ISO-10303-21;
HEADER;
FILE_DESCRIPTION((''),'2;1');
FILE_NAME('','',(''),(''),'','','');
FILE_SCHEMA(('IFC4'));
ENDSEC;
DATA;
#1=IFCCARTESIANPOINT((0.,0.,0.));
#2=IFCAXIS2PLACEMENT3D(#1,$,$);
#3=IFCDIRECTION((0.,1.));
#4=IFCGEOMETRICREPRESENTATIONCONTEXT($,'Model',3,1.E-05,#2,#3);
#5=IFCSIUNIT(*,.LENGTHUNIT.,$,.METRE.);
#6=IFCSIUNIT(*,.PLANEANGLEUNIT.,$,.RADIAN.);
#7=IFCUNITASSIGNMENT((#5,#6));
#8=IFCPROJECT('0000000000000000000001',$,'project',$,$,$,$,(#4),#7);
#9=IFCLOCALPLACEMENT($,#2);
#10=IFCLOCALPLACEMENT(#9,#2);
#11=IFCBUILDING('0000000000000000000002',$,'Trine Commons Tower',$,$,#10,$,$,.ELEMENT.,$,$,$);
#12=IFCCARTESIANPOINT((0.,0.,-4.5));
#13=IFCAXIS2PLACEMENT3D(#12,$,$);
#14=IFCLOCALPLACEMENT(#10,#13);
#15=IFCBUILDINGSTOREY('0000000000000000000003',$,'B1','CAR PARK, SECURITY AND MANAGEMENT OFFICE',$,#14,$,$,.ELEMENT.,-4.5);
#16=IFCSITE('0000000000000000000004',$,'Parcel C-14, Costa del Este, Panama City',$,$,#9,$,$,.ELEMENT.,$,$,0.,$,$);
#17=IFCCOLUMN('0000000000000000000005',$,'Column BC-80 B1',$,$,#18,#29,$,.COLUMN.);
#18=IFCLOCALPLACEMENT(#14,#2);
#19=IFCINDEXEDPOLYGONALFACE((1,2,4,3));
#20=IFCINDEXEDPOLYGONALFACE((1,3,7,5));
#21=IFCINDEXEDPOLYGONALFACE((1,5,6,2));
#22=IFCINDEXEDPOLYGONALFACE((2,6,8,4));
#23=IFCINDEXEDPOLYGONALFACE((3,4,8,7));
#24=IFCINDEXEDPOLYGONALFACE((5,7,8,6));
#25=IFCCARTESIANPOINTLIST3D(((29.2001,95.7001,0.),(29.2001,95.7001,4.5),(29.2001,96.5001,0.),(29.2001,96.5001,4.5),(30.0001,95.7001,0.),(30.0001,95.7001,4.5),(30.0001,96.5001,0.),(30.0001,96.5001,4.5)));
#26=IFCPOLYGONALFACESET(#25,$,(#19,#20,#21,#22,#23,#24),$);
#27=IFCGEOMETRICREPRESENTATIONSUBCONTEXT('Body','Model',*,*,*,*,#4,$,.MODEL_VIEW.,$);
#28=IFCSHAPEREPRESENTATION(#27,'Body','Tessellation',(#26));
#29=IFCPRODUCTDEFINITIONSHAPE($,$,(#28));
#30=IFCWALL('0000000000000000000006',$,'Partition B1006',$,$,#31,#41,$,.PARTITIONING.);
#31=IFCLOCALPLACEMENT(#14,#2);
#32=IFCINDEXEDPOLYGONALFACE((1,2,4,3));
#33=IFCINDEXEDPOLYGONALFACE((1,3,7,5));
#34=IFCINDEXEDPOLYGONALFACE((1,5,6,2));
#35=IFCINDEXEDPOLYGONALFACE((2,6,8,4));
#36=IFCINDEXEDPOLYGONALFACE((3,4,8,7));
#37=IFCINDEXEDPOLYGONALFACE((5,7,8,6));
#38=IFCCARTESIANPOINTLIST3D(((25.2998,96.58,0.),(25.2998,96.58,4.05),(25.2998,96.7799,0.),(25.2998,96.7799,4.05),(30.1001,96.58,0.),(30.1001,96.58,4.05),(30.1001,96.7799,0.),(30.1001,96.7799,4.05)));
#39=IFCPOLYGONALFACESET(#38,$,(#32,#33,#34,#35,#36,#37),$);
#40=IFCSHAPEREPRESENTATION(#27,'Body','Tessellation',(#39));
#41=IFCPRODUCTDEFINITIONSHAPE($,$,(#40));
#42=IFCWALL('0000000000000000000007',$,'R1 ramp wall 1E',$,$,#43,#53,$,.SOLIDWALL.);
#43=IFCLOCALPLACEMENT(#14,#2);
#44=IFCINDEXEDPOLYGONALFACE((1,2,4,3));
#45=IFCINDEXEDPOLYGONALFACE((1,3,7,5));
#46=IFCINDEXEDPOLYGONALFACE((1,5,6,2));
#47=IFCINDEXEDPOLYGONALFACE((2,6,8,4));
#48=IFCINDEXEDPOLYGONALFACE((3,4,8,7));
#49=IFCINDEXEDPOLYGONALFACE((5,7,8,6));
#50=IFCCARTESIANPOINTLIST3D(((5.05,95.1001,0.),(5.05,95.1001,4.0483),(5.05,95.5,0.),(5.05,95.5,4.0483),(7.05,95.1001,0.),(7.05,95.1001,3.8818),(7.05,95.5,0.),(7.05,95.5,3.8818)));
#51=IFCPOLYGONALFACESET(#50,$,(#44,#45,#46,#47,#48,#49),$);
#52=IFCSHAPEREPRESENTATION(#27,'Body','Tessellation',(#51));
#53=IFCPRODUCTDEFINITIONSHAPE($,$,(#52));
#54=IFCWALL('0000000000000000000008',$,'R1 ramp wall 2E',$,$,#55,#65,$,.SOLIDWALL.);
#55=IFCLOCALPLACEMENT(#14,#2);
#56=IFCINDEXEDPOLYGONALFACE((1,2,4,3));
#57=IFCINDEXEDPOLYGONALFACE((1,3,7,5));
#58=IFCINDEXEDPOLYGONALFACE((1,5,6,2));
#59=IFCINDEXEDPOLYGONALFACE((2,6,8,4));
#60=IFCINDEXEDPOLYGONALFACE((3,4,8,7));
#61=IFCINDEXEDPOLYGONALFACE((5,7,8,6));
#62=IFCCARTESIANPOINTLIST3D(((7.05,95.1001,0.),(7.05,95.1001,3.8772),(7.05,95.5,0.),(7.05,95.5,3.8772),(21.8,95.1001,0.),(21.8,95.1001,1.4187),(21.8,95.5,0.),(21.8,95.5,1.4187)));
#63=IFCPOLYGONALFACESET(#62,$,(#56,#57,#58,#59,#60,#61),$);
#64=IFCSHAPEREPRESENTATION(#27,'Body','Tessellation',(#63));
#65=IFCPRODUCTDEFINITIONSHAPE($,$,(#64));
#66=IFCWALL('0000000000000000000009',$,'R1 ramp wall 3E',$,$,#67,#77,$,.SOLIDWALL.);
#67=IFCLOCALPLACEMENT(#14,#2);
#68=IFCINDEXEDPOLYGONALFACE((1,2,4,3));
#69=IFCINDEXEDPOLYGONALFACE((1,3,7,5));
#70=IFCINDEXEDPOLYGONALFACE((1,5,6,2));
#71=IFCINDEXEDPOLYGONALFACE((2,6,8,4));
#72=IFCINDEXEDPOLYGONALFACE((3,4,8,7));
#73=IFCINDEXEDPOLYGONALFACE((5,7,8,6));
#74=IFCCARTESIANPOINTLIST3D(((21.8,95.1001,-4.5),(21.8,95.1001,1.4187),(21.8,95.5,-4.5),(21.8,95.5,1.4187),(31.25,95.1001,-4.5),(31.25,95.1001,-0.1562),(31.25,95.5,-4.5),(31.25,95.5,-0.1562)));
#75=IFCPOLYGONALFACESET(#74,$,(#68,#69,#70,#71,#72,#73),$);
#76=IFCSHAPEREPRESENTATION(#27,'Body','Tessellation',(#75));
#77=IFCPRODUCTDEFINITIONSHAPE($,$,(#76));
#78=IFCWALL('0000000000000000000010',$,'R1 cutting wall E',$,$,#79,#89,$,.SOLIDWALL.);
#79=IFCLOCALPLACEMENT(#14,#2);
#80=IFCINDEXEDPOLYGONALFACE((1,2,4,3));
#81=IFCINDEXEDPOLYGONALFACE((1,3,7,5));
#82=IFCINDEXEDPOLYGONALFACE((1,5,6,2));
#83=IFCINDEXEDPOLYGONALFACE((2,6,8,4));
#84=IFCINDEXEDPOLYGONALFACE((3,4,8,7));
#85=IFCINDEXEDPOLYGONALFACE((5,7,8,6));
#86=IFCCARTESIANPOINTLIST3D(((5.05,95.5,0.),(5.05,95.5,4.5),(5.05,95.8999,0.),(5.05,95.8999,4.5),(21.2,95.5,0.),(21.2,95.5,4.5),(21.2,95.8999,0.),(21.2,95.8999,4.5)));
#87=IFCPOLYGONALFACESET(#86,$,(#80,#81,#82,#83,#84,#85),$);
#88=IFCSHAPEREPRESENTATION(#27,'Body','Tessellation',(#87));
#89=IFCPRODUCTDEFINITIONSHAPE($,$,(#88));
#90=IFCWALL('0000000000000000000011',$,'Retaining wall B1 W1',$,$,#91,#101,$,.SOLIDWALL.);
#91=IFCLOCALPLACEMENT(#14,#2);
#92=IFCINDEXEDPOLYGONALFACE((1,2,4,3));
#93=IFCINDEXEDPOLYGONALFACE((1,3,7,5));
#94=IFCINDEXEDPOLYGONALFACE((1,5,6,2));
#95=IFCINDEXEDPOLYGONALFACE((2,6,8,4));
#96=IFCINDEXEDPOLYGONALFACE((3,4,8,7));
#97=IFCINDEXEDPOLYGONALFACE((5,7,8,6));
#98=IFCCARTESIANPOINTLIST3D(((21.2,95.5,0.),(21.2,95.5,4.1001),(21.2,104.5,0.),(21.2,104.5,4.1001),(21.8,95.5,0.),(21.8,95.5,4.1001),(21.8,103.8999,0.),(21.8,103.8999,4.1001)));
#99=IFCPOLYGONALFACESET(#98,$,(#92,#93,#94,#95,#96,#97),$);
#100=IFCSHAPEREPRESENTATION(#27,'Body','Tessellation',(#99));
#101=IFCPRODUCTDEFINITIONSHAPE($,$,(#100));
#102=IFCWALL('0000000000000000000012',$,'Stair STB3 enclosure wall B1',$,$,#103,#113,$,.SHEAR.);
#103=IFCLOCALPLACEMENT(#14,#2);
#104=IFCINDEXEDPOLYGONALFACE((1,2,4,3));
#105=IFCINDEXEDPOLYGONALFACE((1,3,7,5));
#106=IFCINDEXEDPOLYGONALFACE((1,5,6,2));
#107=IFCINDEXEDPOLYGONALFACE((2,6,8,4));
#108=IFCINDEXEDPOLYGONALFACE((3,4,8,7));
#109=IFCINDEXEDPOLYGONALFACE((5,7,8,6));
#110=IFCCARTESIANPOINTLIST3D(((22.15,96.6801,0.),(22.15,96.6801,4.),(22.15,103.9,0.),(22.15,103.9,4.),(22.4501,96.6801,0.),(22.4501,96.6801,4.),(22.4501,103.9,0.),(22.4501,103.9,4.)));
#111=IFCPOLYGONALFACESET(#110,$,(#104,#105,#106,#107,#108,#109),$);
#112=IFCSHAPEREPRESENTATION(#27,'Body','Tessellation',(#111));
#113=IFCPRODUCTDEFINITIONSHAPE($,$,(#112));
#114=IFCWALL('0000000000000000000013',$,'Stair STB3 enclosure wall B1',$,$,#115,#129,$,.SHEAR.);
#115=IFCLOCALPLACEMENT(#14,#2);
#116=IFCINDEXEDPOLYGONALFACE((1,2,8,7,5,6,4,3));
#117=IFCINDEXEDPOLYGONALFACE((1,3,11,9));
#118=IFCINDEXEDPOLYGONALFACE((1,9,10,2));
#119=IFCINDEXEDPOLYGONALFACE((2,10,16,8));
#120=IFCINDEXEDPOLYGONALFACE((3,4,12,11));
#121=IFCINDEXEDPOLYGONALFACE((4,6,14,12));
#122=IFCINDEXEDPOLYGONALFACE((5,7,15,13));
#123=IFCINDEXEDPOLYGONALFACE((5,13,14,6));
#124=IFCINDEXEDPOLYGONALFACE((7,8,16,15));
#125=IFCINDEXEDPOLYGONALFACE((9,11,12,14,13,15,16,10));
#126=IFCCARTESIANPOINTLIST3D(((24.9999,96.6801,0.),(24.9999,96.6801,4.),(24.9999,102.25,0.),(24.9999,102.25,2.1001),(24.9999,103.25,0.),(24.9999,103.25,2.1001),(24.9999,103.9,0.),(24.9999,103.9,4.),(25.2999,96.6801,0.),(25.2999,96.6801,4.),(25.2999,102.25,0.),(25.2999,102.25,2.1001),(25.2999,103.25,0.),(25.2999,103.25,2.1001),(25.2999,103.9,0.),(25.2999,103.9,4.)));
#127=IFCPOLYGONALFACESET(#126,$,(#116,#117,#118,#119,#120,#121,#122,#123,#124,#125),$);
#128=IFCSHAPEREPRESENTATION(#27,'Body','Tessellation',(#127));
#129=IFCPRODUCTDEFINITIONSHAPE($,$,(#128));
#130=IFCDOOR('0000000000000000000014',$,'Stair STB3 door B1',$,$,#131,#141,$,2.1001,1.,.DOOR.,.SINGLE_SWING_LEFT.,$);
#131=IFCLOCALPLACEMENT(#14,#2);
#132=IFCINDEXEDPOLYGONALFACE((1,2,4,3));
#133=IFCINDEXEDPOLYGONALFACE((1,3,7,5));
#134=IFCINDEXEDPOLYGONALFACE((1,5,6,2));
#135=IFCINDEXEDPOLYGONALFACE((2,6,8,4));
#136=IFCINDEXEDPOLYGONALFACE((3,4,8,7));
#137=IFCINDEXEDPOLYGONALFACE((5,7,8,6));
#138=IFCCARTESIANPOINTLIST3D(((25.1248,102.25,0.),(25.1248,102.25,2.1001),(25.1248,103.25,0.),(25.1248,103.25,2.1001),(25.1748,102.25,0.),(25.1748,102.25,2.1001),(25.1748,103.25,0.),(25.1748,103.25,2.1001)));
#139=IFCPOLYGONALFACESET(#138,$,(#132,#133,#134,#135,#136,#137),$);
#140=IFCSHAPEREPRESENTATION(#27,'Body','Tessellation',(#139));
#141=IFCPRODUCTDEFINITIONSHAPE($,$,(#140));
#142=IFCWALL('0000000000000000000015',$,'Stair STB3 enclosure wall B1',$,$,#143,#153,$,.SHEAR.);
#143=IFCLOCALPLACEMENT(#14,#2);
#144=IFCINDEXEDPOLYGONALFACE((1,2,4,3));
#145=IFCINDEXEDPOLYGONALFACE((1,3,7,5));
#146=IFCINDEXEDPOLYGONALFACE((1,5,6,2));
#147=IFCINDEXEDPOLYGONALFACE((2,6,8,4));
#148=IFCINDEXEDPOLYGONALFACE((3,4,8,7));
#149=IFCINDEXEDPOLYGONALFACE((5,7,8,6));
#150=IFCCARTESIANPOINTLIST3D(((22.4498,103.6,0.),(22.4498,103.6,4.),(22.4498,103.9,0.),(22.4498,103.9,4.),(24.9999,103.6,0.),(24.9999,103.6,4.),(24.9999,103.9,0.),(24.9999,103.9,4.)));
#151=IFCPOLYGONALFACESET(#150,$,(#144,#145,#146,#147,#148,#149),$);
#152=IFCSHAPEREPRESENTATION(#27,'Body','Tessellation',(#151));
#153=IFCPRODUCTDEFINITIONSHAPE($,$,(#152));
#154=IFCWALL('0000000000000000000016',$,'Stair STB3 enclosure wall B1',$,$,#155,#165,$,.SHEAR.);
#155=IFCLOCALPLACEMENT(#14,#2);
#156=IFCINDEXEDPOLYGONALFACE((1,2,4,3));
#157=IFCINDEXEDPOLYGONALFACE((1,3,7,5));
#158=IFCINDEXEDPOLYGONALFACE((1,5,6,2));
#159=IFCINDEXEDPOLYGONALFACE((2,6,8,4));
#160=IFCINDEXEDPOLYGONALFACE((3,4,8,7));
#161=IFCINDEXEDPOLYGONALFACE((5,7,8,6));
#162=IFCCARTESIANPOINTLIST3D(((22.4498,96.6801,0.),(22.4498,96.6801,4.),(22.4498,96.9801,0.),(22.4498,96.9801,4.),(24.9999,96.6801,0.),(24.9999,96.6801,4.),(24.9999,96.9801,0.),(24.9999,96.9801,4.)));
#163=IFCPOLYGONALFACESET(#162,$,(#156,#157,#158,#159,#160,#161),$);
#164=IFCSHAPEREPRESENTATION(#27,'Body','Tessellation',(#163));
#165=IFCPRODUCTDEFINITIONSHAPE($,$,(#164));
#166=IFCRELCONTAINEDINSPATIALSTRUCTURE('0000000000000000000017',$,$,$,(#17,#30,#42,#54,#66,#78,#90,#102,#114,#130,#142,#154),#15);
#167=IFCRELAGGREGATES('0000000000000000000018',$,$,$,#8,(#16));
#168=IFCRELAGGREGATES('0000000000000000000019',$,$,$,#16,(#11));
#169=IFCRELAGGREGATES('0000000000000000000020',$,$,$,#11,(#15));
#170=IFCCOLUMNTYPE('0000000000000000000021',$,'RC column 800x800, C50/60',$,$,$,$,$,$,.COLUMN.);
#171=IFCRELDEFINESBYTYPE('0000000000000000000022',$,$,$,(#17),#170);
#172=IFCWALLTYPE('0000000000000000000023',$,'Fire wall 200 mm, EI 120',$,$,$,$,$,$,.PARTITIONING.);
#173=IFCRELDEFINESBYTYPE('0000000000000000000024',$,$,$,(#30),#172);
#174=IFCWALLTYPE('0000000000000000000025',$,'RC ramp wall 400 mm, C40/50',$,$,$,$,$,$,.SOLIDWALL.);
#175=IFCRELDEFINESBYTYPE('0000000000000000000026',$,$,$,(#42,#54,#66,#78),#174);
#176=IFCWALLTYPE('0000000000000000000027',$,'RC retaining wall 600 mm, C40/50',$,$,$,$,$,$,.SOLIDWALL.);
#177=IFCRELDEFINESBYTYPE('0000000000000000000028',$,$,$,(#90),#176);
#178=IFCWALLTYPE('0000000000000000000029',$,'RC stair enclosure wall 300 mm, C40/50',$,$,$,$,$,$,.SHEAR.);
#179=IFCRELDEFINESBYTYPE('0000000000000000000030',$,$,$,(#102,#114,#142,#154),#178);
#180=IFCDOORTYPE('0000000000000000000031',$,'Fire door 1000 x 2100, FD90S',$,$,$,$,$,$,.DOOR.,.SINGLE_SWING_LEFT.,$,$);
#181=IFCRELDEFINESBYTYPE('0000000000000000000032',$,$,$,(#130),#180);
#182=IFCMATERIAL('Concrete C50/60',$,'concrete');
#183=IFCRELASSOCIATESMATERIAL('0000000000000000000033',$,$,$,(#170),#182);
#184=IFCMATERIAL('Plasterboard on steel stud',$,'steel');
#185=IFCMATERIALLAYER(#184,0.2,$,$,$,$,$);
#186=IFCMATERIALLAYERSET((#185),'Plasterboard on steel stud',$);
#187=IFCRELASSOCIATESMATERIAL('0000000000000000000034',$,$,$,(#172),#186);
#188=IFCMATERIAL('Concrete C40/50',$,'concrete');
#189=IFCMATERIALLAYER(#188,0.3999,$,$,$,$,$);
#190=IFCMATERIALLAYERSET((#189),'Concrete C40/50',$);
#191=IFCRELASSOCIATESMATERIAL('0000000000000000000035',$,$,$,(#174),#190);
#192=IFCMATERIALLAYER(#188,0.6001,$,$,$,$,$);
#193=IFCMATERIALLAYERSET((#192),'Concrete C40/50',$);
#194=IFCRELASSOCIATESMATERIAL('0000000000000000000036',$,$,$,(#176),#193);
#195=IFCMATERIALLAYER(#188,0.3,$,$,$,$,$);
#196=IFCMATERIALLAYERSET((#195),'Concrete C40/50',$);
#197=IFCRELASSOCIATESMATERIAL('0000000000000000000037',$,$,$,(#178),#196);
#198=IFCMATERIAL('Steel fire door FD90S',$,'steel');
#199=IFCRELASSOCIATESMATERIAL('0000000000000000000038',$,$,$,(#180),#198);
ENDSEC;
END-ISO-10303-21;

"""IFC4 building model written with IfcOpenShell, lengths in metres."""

from ifc_helpers import new_model, si_unit, direction, frame, frame_2d, origin, origin_2d, place, context, subcontext, project, spatial, polyline, rectangle, outline, extrude, material, layer, layer_set, material_profile, profile_set, type_object, element, fill, save


model = new_model("IFC4")

# Units and contexts
model_context = context("Model", 3, precision=1e-05, world=origin(), true_north=direction((0.0, 1.0)))
body_context = subcontext(model_context, "Body", "Model", "MODEL_VIEW")
ifc_project = project(units=[si_unit("LENGTHUNIT", "METRE"), si_unit("PLANEANGLEUNIT", "RADIAN")], contexts=[model_context])

# Site, building, storey
site_placement = place(None, origin())
site = spatial("IfcSite", under=ifc_project, at=site_placement, Name="Parcel C-14, Costa del Este, Panama City", CompositionType="ELEMENT", RefElevation=0.0)
building_placement = place(site_placement, origin())
building = spatial("IfcBuilding", under=site, at=building_placement, Name="Trine Commons Tower", CompositionType="ELEMENT")
storey_placement = place(building_placement, frame((0.0, 0.0, -4.5)))
storey = spatial("IfcBuildingStorey", under=building, at=storey_placement, Name="B1", Description="CAR PARK, SECURITY AND MANAGEMENT OFFICE", CompositionType="ELEMENT", Elevation=-4.5)

# Column
ifc_material_1 = material(Name="Concrete C50/60", Category="concrete")
ifc_material_profile = material_profile(ifc_material_1, rectangle(XDim=0.8, YDim=0.8, at=origin_2d()), Name="RC 800x800")
ifc_profile_set = profile_set([ifc_material_profile], Name="Concrete C50/60")
column_type = type_object("IfcColumnType", Name="RC column 800x800, C50/60", PredefinedType="COLUMN", material=ifc_profile_set)
column_placement = place(storey_placement, frame((29.6001, 96.1001, 0.0), z_axis=(0.0, 0.0, 1.0), x_axis=(1.0, 0.0, 0.0)))
element("IfcColumn", 1, at=column_placement, inside=storey, type_object=column_type, Name="Column BC-80 B1", PredefinedType="COLUMN", context=body_context, shape_type="SweptSolid", body=[
    extrude(rectangle(XDim=0.8, YDim=0.8, at=origin_2d()), origin(), (0.0, 0.0, 1.0), 4.5),
])

# Walls
ifc_material_2 = material(Name="Plasterboard on steel stud", Category="steel")
ifc_layer_1 = layer(ifc_material_2, 0.2)
ifc_layer_set_1 = layer_set([ifc_layer_1], Name="Plasterboard on steel stud")
wall_type_1 = type_object("IfcWallType", Name="Fire wall 200 mm, EI 120", PredefinedType="PARTITIONING", material=ifc_layer_set_1)
wall_1_placement = place(storey_placement, frame((25.2998, 96.6799, 0.0), z_axis=(0.0, 0.0, 1.0), x_axis=(1.0, 0.0, 0.0)))
element("IfcWall", 2, at=wall_1_placement, inside=storey, type_object=wall_type_1, Name="Partition B1006", PredefinedType="PARTITIONING", context=body_context, shape_type="SweptSolid", body=[
    extrude(rectangle(XDim=4.8003, YDim=0.2, at=frame_2d((2.4001, 0.0))), origin(), (0.0, 0.0, 1.0), 4.05),
])
ifc_material_3 = material(Name="Concrete C40/50", Category="concrete")
ifc_layer_2 = layer(ifc_material_3, 0.3999)
ifc_layer_set_2 = layer_set([ifc_layer_2], Name="Concrete C40/50")
wall_type_2 = type_object("IfcWallType", Name="RC ramp wall 400 mm, C40/50", PredefinedType="SOLIDWALL", material=ifc_layer_set_2)
wall_2_placement = place(storey_placement, frame((5.05, 95.3, 0.0), z_axis=(0.0, 0.0, 1.0), x_axis=(1.0, 0.0, 0.0)))
element("IfcWall", 3, at=wall_2_placement, inside=storey, type_object=wall_type_2, Name="R1 ramp wall 1E", PredefinedType="SOLIDWALL", context=body_context, shape_type="SweptSolid", body=[
    extrude(outline(polyline([(0.0, 0.0), (2.0, 0.0), (2.0, 3.8818), (0.0, 4.0483), (0.0, 0.0)])), frame((0.0, 0.2, 0.0), z_axis=(0.0, -1.0, 0.0), x_axis=(1.0, 0.0, 0.0)), (0.0, 0.0, 1.0), 0.3999),
])
wall_3_placement = place(storey_placement, frame((7.05, 95.3, 0.0), z_axis=(0.0, 0.0, 1.0), x_axis=(1.0, 0.0, 0.0)))
element("IfcWall", 4, at=wall_3_placement, inside=storey, type_object=wall_type_2, Name="R1 ramp wall 2E", PredefinedType="SOLIDWALL", context=body_context, shape_type="SweptSolid", body=[
    extrude(outline(polyline([(0.0, 0.0), (14.75, 0.0), (14.75, 1.4187), (0.0, 3.8772), (0.0, 0.0)])), frame((0.0, 0.2, 0.0), z_axis=(0.0, -1.0, 0.0), x_axis=(1.0, 0.0, 0.0)), (0.0, 0.0, 1.0), 0.3999),
])
wall_4_placement = place(storey_placement, frame((21.8, 95.3, -4.5), z_axis=(0.0, 0.0, 1.0), x_axis=(1.0, 0.0, 0.0)))
element("IfcWall", 5, at=wall_4_placement, inside=storey, type_object=wall_type_2, Name="R1 ramp wall 3E", PredefinedType="SOLIDWALL", context=body_context, shape_type="SweptSolid", body=[
    extrude(outline(polyline([(0.0, 0.0), (9.45, 0.0), (9.45, 4.3438), (0.0, 5.9187), (0.0, 0.0)])), frame((0.0, 0.2, 0.0), z_axis=(0.0, -1.0, 0.0), x_axis=(1.0, 0.0, 0.0)), (0.0, 0.0, 1.0), 0.3999),
])
wall_5_placement = place(storey_placement, frame((5.05, 95.7, 0.0), z_axis=(0.0, 0.0, 1.0), x_axis=(1.0, 0.0, 0.0)))
element("IfcWall", 6, at=wall_5_placement, inside=storey, type_object=wall_type_2, Name="R1 cutting wall E", PredefinedType="SOLIDWALL", context=body_context, shape_type="SweptSolid", body=[
    extrude(rectangle(XDim=16.1499, YDim=0.3999, at=frame_2d((8.075, 0.0))), origin(), (0.0, 0.0, 1.0), 4.5),
])
ifc_layer_3 = layer(ifc_material_3, 0.6001)
ifc_layer_set_3 = layer_set([ifc_layer_3], Name="Concrete C40/50")
wall_type_3 = type_object("IfcWallType", Name="RC retaining wall 600 mm, C40/50", PredefinedType="SOLIDWALL", material=ifc_layer_set_3)
wall_6_placement = place(storey_placement, frame((21.5, 104.2, 0.0), z_axis=(0.0, 0.0, 1.0), x_axis=(0.0, -1.0, 0.0)))
element("IfcWall", 7, at=wall_6_placement, inside=storey, type_object=wall_type_3, Name="Retaining wall B1 W1", PredefinedType="SOLIDWALL", context=body_context, shape_type="SweptSolid", body=[
    extrude(outline(polyline([(-0.3, -0.3), (8.7, -0.3), (8.7, 0.3), (0.3, 0.3), (-0.3, -0.3)])), origin(), (0.0, 0.0, 1.0), 4.1001),
])
ifc_layer_4 = layer(ifc_material_3, 0.3)
ifc_layer_set_4 = layer_set([ifc_layer_4], Name="Concrete C40/50")
wall_type_4 = type_object("IfcWallType", Name="RC stair enclosure wall 300 mm, C40/50", PredefinedType="SHEAR", material=ifc_layer_set_4)
wall_7_placement = place(storey_placement, frame((22.3, 103.8999, 0.0), z_axis=(0.0, 0.0, 1.0), x_axis=(0.0, -1.0, 0.0)))
element("IfcWall", 8, at=wall_7_placement, inside=storey, type_object=wall_type_4, Name="Stair STB3 enclosure wall B1", PredefinedType="SHEAR", context=body_context, shape_type="SweptSolid", body=[
    extrude(rectangle(XDim=7.22, YDim=0.3, at=frame_2d((3.6099, 0.0))), origin(), (0.0, 0.0, 1.0), 4.0),
])

# Wall, opening, door
wall_8_placement = place(storey_placement, frame((25.1499, 103.8999, 0.0), z_axis=(0.0, 0.0, 1.0), x_axis=(0.0, -1.0, 0.0)))
wall_8 = element("IfcWall", 9, at=wall_8_placement, inside=storey, type_object=wall_type_4, Name="Stair STB3 enclosure wall B1", PredefinedType="SHEAR", context=body_context, shape_type="SweptSolid", body=[
    extrude(rectangle(XDim=7.22, YDim=0.3, at=frame_2d((3.6099, 0.0))), origin(), (0.0, 0.0, 1.0), 4.0),
])
opening_placement = place(wall_8_placement, frame((0.6499, 0.0, 0.0)))
opening = element("IfcOpeningElement", 10, at=opening_placement, cuts=wall_8, PredefinedType="OPENING", context=body_context, shape_type="SweptSolid", body=[
    extrude(rectangle(XDim=1.0, YDim=2.1001, at=frame_2d((0.5, 1.05))), frame((0.0, 0.1599, 0.0), z_axis=(0.0, -1.0, 0.0), x_axis=(1.0, 0.0, 0.0)), (0.0, 0.0, 1.0), 0.3201),
])
ifc_material_4 = material(Name="Steel fire door FD90S", Category="steel")
door_type = type_object("IfcDoorType", Name="Fire door 1000 x 2100, FD90S", OperationType="SINGLE_SWING_LEFT", PredefinedType="DOOR", material=ifc_material_4)
door_placement = place(opening_placement, origin())
door = element("IfcDoor", 11, at=door_placement, inside=storey, type_object=door_type, Name="Stair STB3 door B1", OperationType="SINGLE_SWING_LEFT", OverallHeight=2.1001, OverallWidth=1.0, PredefinedType="DOOR", context=body_context, shape_type="SweptSolid", body=[
    extrude(rectangle(XDim=1.0, YDim=2.1001, at=frame_2d((0.5, 1.05))), frame((0.0, 0.0249, 0.0), z_axis=(0.0, -1.0, 0.0), x_axis=(1.0, 0.0, 0.0)), (0.0, 0.0, 1.0), 0.05),
])
fill(opening, door)

# Walls
for number, where, z_axis, x_axis, name in (
    (12, (22.45, 103.75, 0.0), (0.0, 0.0, 1.0), (1.0, 0.0, 0.0), "Stair STB3 enclosure wall B1"),
    (13, (22.45, 96.8301, 0.0), (0.0, 0.0, 1.0), (1.0, 0.0, 0.0), "Stair STB3 enclosure wall B1"),
):
    element("IfcWall", number, at=place(storey_placement, frame(where, z_axis=z_axis, x_axis=x_axis)), inside=storey, type_object=wall_type_4, Name=name, PredefinedType="SHEAR", context=body_context, shape_type="SweptSolid", body=[
        extrude(rectangle(XDim=2.55, YDim=0.3, at=frame_2d((1.2749, 0.0))), origin(), (0.0, 0.0, 1.0), 4.0),
    ])

save(model, "model.ifc")
